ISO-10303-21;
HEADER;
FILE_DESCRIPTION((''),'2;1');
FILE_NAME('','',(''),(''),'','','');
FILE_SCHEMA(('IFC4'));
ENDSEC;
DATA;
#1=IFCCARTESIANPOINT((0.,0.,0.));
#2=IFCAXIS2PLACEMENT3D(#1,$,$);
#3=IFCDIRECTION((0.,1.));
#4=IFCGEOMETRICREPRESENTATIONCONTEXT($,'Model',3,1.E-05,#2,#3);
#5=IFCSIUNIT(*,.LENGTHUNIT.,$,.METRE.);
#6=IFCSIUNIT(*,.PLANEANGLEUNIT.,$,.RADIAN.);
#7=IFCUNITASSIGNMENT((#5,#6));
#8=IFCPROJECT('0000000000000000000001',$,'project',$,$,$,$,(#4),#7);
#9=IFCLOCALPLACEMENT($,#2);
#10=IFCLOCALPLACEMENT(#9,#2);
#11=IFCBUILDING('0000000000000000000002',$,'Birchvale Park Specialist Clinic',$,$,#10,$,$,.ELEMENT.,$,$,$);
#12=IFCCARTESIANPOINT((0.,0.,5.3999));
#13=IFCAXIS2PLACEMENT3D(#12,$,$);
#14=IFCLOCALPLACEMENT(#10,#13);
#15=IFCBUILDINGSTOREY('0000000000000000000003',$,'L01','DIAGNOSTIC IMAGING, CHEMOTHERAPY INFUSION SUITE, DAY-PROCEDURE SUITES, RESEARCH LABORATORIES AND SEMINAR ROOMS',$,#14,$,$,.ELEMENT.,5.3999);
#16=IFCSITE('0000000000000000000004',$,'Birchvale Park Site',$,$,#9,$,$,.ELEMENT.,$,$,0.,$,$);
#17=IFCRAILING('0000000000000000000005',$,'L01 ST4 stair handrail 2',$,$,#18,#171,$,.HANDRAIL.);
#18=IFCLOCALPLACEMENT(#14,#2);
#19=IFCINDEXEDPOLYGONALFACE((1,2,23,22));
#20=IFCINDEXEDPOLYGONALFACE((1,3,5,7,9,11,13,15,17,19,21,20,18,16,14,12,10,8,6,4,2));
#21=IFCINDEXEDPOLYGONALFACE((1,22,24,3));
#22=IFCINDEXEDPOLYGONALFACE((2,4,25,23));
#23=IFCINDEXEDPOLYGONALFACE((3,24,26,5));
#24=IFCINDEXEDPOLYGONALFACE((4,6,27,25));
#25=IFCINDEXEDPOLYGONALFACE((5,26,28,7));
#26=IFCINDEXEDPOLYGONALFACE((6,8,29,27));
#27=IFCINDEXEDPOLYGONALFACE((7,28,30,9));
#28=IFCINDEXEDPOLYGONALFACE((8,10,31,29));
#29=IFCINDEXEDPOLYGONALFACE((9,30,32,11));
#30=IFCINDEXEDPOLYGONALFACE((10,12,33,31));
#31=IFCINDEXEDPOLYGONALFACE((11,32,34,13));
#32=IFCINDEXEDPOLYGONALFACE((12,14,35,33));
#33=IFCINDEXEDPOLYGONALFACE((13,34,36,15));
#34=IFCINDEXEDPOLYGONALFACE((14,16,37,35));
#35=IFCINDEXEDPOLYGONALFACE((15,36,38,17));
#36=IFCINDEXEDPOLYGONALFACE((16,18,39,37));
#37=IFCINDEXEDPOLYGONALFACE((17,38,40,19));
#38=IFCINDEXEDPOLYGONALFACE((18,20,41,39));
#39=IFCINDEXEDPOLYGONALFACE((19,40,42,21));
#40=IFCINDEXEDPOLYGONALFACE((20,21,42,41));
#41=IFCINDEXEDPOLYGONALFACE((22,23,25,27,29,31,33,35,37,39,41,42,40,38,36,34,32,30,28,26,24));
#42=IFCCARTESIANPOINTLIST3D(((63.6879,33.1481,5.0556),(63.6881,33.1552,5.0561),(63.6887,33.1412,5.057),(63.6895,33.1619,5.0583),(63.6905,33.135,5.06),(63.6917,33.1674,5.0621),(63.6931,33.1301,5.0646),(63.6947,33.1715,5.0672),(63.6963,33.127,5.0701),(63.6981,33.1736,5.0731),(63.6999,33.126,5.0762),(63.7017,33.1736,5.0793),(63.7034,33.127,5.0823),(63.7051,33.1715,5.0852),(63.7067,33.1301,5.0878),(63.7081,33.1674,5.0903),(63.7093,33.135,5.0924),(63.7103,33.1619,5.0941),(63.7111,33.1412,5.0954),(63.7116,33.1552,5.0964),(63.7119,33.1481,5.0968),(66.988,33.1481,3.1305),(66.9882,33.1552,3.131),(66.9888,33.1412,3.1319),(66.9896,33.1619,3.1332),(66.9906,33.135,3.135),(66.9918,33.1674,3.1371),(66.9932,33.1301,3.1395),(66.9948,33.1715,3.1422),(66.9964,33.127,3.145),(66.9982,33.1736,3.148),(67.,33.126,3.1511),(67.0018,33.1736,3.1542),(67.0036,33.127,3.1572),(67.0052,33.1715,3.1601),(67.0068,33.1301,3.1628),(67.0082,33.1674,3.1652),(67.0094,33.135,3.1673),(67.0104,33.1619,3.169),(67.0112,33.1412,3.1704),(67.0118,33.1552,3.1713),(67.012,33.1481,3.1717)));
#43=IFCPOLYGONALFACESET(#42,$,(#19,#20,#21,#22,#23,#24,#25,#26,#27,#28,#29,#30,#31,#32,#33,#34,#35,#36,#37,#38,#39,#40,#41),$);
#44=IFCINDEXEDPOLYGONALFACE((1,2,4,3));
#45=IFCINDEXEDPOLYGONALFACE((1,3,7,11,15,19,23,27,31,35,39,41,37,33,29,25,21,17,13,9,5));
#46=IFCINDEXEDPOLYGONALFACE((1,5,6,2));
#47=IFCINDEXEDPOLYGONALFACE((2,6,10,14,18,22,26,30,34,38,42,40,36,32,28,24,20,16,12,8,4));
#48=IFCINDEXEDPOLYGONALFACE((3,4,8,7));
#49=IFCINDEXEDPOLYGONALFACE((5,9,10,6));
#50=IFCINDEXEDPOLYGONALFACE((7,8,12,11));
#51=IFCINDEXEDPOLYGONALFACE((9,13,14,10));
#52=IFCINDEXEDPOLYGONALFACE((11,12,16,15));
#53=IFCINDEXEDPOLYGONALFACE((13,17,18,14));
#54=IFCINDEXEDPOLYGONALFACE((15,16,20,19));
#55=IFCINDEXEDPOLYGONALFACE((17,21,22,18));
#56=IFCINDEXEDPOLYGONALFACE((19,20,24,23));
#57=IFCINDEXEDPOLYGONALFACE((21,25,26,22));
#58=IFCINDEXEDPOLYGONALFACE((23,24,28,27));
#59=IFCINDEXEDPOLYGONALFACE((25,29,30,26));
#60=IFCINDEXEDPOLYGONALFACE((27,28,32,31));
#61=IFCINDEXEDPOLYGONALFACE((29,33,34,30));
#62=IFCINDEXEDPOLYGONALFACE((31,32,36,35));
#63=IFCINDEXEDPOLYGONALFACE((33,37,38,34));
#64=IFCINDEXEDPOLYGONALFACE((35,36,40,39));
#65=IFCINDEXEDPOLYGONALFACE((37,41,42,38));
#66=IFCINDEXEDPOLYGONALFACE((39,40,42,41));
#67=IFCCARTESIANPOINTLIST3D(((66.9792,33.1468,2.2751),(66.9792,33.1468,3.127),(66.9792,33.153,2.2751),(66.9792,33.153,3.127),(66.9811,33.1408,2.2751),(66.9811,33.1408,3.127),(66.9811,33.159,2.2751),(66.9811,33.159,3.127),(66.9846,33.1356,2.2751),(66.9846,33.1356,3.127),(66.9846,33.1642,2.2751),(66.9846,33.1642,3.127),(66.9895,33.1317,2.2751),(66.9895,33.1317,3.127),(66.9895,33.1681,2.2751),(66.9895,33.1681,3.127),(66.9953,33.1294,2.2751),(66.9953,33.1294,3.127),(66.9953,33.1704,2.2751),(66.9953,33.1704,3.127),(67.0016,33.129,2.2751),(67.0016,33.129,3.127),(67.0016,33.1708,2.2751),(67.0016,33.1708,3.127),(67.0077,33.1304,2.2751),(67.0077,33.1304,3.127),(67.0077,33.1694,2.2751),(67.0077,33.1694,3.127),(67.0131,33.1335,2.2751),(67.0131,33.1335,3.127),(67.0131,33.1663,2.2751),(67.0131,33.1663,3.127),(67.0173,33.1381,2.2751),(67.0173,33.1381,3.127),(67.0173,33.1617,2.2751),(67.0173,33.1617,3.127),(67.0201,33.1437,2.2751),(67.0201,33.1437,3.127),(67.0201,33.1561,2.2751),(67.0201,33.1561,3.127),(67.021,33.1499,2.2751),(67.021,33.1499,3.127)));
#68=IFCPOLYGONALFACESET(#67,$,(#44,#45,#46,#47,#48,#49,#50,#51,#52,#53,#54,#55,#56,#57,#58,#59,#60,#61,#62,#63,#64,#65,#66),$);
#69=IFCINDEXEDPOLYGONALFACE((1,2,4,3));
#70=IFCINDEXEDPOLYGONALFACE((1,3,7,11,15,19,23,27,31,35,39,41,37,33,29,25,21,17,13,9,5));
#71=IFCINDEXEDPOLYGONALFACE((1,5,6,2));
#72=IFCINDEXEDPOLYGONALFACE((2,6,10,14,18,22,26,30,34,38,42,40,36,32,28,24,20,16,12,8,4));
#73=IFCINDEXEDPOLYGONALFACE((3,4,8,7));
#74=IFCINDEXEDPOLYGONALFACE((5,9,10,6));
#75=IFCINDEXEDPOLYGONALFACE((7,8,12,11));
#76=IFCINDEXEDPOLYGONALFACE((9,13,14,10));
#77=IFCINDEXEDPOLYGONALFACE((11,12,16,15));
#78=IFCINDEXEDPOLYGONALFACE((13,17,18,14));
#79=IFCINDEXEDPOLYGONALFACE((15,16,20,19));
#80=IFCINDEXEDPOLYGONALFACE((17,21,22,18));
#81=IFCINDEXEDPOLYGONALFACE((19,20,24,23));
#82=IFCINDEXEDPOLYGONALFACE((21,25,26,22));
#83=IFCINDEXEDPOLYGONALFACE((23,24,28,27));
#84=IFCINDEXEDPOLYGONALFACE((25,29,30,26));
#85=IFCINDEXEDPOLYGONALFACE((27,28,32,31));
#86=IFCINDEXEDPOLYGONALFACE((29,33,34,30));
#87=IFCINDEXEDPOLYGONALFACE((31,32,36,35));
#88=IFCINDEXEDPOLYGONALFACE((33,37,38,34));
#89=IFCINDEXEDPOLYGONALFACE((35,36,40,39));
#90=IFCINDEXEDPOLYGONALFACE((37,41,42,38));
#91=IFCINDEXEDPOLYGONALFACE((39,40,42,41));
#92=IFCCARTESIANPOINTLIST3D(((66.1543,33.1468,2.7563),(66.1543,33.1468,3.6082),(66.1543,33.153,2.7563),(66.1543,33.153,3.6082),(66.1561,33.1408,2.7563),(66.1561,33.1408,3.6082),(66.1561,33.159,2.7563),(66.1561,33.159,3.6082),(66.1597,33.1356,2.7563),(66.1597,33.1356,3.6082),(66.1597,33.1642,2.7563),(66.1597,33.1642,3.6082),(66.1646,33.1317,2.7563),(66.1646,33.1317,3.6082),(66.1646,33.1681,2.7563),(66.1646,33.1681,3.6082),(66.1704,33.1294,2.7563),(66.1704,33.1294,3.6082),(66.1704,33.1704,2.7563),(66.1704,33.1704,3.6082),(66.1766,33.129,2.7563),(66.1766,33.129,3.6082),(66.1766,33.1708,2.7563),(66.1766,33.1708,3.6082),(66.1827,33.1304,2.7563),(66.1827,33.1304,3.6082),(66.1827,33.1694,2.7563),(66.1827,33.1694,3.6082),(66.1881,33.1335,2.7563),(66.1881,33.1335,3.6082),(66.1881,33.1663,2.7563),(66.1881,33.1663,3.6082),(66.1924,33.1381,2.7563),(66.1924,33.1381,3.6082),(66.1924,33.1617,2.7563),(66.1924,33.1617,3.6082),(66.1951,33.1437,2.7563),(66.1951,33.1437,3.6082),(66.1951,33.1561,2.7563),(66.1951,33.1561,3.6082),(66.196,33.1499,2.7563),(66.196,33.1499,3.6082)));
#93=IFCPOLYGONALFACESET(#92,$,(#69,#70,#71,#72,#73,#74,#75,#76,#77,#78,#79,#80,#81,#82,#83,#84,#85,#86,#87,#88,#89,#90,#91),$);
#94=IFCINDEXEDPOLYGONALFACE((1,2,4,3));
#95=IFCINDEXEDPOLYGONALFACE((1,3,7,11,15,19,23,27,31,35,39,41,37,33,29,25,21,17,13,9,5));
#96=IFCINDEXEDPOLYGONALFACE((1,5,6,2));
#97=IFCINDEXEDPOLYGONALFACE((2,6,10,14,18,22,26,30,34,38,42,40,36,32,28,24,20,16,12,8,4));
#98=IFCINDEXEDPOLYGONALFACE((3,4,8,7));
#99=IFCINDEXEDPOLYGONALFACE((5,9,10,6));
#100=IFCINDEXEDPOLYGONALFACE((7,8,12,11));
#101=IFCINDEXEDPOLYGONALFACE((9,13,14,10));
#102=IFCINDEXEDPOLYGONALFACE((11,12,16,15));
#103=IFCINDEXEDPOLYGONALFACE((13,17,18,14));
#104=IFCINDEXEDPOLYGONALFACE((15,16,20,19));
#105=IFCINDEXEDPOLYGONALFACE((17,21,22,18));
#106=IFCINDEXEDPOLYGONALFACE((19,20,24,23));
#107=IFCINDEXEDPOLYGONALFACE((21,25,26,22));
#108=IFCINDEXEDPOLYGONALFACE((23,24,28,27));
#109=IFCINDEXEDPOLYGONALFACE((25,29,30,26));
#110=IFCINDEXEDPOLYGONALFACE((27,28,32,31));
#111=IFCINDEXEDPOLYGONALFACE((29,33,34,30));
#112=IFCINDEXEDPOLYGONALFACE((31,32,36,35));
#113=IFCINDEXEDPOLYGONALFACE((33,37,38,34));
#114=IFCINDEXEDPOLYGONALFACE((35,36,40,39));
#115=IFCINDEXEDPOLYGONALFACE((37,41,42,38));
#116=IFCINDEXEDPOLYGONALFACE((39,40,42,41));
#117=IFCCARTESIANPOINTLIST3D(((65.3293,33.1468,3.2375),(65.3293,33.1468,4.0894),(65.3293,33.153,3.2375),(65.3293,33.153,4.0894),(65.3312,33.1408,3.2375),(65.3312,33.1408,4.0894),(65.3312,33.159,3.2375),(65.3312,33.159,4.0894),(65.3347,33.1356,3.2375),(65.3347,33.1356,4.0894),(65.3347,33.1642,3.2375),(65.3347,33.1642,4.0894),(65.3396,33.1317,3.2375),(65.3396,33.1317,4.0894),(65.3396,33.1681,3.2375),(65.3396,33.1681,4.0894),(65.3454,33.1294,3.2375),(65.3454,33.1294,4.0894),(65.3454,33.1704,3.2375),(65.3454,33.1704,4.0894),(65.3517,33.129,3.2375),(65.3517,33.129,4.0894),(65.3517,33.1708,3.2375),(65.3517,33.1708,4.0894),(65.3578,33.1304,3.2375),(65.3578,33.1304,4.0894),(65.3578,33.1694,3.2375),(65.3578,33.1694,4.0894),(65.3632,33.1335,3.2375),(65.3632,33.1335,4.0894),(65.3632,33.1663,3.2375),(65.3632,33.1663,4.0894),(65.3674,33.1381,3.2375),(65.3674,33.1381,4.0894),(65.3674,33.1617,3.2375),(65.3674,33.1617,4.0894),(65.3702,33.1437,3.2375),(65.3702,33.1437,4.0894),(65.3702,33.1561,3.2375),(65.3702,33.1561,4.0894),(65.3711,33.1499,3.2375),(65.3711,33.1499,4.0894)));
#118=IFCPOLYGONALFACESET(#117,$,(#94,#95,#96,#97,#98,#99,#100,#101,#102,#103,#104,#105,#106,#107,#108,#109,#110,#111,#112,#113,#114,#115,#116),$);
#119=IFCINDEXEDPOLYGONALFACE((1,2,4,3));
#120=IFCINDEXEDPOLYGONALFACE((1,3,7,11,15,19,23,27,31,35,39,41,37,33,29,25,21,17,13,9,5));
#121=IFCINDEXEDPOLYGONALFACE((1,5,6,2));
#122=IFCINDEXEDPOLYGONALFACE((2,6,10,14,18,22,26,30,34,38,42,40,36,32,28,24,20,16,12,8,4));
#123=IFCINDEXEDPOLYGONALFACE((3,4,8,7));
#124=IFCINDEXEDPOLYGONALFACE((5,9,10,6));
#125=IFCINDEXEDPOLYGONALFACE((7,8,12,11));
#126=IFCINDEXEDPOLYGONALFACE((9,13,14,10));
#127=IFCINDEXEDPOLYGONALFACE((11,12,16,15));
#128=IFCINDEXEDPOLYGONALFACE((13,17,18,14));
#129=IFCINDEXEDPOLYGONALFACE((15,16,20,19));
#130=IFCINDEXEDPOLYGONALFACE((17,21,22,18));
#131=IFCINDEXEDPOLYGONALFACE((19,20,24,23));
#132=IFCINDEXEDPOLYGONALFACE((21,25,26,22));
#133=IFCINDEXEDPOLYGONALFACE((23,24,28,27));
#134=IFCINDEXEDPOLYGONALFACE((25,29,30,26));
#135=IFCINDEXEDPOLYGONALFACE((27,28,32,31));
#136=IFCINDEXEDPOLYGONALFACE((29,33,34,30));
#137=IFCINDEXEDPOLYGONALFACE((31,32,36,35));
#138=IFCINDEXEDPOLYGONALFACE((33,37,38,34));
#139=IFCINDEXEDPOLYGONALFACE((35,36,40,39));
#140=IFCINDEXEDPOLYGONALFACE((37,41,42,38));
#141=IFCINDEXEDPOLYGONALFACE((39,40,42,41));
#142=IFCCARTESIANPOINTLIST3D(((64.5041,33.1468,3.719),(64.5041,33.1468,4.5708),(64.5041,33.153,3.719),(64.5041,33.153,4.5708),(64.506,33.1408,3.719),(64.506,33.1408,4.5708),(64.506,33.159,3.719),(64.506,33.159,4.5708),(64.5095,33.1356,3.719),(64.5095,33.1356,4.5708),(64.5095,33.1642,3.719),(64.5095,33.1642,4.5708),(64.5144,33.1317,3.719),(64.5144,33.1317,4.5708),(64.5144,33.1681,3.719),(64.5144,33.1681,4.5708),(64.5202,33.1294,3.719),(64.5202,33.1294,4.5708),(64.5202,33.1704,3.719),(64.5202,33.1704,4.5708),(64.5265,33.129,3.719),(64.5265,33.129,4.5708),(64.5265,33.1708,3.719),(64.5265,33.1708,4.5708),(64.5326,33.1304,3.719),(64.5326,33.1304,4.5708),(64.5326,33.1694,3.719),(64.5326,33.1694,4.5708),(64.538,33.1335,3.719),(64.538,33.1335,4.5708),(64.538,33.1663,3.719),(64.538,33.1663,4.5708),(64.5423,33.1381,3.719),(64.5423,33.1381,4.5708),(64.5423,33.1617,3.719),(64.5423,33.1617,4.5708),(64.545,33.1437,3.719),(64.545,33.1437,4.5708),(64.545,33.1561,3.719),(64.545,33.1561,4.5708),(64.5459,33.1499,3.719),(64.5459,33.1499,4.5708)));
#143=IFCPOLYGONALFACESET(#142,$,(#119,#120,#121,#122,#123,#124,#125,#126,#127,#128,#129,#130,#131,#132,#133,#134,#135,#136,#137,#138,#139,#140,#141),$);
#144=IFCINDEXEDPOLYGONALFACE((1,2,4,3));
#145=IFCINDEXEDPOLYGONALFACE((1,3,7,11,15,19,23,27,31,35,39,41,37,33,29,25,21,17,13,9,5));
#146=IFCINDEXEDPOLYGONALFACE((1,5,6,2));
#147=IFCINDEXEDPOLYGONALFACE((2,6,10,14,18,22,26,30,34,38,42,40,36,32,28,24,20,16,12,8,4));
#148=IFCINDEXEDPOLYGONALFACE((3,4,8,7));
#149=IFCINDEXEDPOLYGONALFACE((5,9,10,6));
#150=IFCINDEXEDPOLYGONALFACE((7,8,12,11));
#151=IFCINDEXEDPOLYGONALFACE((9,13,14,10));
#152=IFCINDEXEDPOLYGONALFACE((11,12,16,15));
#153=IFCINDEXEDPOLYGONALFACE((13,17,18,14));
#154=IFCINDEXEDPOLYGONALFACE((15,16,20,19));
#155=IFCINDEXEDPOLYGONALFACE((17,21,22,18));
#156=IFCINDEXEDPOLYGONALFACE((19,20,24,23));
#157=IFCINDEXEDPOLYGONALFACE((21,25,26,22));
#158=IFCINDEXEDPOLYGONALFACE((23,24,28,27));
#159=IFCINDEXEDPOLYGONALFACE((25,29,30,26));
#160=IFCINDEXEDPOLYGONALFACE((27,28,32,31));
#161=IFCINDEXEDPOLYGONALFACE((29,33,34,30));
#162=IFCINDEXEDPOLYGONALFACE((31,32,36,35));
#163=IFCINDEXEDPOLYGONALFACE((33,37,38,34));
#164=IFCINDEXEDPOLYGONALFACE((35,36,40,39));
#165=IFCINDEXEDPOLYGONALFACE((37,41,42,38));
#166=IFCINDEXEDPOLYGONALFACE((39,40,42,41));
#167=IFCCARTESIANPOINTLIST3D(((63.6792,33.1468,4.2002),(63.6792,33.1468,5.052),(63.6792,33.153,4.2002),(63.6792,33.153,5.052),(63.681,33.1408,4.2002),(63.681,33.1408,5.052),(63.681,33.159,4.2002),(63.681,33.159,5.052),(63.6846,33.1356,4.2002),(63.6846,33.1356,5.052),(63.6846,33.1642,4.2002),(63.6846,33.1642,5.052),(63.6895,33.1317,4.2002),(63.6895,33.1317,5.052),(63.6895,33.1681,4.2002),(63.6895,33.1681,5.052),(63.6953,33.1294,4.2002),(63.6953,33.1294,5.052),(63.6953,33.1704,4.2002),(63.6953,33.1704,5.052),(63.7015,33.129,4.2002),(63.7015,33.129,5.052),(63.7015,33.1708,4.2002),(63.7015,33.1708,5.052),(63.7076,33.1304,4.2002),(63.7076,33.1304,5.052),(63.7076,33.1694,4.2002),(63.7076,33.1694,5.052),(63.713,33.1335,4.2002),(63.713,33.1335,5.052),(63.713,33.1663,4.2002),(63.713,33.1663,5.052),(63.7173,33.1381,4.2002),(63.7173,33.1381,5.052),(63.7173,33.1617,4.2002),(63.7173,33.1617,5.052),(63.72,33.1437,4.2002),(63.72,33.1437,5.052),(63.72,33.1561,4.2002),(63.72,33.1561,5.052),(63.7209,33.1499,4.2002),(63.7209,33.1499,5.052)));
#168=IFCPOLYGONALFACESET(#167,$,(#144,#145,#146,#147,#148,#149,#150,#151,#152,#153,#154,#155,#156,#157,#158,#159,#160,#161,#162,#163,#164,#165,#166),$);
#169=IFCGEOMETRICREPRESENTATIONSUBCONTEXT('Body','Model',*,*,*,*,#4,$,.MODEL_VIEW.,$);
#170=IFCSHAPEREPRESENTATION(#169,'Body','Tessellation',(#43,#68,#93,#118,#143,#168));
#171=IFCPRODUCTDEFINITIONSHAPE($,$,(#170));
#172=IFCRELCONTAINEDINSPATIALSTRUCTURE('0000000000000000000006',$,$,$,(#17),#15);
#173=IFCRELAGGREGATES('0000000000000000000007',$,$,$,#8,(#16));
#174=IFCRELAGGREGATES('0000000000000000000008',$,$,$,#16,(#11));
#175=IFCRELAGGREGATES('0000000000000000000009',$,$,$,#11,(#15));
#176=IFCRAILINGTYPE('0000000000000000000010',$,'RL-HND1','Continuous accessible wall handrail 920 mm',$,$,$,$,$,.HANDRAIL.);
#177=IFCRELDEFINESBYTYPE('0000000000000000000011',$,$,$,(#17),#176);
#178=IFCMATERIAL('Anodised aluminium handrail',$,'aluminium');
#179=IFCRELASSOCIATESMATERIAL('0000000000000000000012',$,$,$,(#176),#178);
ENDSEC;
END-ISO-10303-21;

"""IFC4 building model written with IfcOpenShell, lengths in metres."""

from ifc_helpers import new_model, si_unit, direction, frame, origin, origin_2d, place, context, subcontext, project, spatial, circle, extrude, material, type_object, element, save


model = new_model("IFC4")

# Units and contexts
model_context = context("Model", 3, precision=1e-05, world=origin(), true_north=direction((0.0, 1.0)))
body_context = subcontext(model_context, "Body", "Model", "MODEL_VIEW")
ifc_project = project(units=[si_unit("LENGTHUNIT", "METRE"), si_unit("PLANEANGLEUNIT", "RADIAN")], contexts=[model_context])

# Site, building, storey
site_placement = place(None, origin())
site = spatial("IfcSite", under=ifc_project, at=site_placement, Name="Birchvale Park Site", CompositionType="ELEMENT", RefElevation=0.0)
building_placement = place(site_placement, origin())
building = spatial("IfcBuilding", under=site, at=building_placement, Name="Birchvale Park Specialist Clinic", CompositionType="ELEMENT")
storey_placement = place(building_placement, frame((0.0, 0.0, 5.3999)))
storey = spatial("IfcBuildingStorey", under=building, at=storey_placement, Name="L01", Description="DIAGNOSTIC IMAGING, CHEMOTHERAPY INFUSION SUITE, DAY-PROCEDURE SUITES, RESEARCH LABORATORIES AND SEMINAR ROOMS", CompositionType="ELEMENT", Elevation=5.3999)

# Railing
ifc_material_1 = material(Name="Anodised aluminium handrail", Category="aluminium")
railing_type_1 = type_object("IfcRailingType", Name="RL-HND1", Description="Continuous accessible wall handrail 920 mm", PredefinedType="HANDRAIL", material=ifc_material_1)
railing_1_placement = place(storey_placement, frame((67.0, 33.1499, 2.2751)))
element("IfcRailing", 1, at=railing_1_placement, inside=storey, type_object=railing_type_1, Name="L01 ST4 stair handrail 2", PredefinedType="HANDRAIL", context=body_context, shape_type="SweptSolid", body=[
    extrude(circle(Radius=0.0239, at=origin_2d()), frame((0.0, 0.0, 0.876), z_axis=(-0.863777, 0.0, 0.503875), x_axis=(0.0, -1.0, 0.0)), (0.0, 0.0, 1.0), 3.8206),
    extrude(circle(Radius=0.021, at=origin_2d()), origin(), (0.0, 0.0, 1.0), 0.8518),
    extrude(circle(Radius=0.021, at=origin_2d()), frame((-0.825, 0.0, 0.4812)), (0.0, 0.0, 1.0), 0.8518),
    extrude(circle(Radius=0.021, at=origin_2d()), frame((-1.6499, 0.0, 0.9624)), (0.0, 0.0, 1.0), 0.8518),
    extrude(circle(Radius=0.021, at=origin_2d()), frame((-2.4751, 0.0, 1.4438)), (0.0, 0.0, 1.0), 0.8518),
    extrude(circle(Radius=0.021, at=origin_2d()), frame((-3.3, 0.0, 1.925)), (0.0, 0.0, 1.0), 0.8518),
])

save(model, "model.ifc")
